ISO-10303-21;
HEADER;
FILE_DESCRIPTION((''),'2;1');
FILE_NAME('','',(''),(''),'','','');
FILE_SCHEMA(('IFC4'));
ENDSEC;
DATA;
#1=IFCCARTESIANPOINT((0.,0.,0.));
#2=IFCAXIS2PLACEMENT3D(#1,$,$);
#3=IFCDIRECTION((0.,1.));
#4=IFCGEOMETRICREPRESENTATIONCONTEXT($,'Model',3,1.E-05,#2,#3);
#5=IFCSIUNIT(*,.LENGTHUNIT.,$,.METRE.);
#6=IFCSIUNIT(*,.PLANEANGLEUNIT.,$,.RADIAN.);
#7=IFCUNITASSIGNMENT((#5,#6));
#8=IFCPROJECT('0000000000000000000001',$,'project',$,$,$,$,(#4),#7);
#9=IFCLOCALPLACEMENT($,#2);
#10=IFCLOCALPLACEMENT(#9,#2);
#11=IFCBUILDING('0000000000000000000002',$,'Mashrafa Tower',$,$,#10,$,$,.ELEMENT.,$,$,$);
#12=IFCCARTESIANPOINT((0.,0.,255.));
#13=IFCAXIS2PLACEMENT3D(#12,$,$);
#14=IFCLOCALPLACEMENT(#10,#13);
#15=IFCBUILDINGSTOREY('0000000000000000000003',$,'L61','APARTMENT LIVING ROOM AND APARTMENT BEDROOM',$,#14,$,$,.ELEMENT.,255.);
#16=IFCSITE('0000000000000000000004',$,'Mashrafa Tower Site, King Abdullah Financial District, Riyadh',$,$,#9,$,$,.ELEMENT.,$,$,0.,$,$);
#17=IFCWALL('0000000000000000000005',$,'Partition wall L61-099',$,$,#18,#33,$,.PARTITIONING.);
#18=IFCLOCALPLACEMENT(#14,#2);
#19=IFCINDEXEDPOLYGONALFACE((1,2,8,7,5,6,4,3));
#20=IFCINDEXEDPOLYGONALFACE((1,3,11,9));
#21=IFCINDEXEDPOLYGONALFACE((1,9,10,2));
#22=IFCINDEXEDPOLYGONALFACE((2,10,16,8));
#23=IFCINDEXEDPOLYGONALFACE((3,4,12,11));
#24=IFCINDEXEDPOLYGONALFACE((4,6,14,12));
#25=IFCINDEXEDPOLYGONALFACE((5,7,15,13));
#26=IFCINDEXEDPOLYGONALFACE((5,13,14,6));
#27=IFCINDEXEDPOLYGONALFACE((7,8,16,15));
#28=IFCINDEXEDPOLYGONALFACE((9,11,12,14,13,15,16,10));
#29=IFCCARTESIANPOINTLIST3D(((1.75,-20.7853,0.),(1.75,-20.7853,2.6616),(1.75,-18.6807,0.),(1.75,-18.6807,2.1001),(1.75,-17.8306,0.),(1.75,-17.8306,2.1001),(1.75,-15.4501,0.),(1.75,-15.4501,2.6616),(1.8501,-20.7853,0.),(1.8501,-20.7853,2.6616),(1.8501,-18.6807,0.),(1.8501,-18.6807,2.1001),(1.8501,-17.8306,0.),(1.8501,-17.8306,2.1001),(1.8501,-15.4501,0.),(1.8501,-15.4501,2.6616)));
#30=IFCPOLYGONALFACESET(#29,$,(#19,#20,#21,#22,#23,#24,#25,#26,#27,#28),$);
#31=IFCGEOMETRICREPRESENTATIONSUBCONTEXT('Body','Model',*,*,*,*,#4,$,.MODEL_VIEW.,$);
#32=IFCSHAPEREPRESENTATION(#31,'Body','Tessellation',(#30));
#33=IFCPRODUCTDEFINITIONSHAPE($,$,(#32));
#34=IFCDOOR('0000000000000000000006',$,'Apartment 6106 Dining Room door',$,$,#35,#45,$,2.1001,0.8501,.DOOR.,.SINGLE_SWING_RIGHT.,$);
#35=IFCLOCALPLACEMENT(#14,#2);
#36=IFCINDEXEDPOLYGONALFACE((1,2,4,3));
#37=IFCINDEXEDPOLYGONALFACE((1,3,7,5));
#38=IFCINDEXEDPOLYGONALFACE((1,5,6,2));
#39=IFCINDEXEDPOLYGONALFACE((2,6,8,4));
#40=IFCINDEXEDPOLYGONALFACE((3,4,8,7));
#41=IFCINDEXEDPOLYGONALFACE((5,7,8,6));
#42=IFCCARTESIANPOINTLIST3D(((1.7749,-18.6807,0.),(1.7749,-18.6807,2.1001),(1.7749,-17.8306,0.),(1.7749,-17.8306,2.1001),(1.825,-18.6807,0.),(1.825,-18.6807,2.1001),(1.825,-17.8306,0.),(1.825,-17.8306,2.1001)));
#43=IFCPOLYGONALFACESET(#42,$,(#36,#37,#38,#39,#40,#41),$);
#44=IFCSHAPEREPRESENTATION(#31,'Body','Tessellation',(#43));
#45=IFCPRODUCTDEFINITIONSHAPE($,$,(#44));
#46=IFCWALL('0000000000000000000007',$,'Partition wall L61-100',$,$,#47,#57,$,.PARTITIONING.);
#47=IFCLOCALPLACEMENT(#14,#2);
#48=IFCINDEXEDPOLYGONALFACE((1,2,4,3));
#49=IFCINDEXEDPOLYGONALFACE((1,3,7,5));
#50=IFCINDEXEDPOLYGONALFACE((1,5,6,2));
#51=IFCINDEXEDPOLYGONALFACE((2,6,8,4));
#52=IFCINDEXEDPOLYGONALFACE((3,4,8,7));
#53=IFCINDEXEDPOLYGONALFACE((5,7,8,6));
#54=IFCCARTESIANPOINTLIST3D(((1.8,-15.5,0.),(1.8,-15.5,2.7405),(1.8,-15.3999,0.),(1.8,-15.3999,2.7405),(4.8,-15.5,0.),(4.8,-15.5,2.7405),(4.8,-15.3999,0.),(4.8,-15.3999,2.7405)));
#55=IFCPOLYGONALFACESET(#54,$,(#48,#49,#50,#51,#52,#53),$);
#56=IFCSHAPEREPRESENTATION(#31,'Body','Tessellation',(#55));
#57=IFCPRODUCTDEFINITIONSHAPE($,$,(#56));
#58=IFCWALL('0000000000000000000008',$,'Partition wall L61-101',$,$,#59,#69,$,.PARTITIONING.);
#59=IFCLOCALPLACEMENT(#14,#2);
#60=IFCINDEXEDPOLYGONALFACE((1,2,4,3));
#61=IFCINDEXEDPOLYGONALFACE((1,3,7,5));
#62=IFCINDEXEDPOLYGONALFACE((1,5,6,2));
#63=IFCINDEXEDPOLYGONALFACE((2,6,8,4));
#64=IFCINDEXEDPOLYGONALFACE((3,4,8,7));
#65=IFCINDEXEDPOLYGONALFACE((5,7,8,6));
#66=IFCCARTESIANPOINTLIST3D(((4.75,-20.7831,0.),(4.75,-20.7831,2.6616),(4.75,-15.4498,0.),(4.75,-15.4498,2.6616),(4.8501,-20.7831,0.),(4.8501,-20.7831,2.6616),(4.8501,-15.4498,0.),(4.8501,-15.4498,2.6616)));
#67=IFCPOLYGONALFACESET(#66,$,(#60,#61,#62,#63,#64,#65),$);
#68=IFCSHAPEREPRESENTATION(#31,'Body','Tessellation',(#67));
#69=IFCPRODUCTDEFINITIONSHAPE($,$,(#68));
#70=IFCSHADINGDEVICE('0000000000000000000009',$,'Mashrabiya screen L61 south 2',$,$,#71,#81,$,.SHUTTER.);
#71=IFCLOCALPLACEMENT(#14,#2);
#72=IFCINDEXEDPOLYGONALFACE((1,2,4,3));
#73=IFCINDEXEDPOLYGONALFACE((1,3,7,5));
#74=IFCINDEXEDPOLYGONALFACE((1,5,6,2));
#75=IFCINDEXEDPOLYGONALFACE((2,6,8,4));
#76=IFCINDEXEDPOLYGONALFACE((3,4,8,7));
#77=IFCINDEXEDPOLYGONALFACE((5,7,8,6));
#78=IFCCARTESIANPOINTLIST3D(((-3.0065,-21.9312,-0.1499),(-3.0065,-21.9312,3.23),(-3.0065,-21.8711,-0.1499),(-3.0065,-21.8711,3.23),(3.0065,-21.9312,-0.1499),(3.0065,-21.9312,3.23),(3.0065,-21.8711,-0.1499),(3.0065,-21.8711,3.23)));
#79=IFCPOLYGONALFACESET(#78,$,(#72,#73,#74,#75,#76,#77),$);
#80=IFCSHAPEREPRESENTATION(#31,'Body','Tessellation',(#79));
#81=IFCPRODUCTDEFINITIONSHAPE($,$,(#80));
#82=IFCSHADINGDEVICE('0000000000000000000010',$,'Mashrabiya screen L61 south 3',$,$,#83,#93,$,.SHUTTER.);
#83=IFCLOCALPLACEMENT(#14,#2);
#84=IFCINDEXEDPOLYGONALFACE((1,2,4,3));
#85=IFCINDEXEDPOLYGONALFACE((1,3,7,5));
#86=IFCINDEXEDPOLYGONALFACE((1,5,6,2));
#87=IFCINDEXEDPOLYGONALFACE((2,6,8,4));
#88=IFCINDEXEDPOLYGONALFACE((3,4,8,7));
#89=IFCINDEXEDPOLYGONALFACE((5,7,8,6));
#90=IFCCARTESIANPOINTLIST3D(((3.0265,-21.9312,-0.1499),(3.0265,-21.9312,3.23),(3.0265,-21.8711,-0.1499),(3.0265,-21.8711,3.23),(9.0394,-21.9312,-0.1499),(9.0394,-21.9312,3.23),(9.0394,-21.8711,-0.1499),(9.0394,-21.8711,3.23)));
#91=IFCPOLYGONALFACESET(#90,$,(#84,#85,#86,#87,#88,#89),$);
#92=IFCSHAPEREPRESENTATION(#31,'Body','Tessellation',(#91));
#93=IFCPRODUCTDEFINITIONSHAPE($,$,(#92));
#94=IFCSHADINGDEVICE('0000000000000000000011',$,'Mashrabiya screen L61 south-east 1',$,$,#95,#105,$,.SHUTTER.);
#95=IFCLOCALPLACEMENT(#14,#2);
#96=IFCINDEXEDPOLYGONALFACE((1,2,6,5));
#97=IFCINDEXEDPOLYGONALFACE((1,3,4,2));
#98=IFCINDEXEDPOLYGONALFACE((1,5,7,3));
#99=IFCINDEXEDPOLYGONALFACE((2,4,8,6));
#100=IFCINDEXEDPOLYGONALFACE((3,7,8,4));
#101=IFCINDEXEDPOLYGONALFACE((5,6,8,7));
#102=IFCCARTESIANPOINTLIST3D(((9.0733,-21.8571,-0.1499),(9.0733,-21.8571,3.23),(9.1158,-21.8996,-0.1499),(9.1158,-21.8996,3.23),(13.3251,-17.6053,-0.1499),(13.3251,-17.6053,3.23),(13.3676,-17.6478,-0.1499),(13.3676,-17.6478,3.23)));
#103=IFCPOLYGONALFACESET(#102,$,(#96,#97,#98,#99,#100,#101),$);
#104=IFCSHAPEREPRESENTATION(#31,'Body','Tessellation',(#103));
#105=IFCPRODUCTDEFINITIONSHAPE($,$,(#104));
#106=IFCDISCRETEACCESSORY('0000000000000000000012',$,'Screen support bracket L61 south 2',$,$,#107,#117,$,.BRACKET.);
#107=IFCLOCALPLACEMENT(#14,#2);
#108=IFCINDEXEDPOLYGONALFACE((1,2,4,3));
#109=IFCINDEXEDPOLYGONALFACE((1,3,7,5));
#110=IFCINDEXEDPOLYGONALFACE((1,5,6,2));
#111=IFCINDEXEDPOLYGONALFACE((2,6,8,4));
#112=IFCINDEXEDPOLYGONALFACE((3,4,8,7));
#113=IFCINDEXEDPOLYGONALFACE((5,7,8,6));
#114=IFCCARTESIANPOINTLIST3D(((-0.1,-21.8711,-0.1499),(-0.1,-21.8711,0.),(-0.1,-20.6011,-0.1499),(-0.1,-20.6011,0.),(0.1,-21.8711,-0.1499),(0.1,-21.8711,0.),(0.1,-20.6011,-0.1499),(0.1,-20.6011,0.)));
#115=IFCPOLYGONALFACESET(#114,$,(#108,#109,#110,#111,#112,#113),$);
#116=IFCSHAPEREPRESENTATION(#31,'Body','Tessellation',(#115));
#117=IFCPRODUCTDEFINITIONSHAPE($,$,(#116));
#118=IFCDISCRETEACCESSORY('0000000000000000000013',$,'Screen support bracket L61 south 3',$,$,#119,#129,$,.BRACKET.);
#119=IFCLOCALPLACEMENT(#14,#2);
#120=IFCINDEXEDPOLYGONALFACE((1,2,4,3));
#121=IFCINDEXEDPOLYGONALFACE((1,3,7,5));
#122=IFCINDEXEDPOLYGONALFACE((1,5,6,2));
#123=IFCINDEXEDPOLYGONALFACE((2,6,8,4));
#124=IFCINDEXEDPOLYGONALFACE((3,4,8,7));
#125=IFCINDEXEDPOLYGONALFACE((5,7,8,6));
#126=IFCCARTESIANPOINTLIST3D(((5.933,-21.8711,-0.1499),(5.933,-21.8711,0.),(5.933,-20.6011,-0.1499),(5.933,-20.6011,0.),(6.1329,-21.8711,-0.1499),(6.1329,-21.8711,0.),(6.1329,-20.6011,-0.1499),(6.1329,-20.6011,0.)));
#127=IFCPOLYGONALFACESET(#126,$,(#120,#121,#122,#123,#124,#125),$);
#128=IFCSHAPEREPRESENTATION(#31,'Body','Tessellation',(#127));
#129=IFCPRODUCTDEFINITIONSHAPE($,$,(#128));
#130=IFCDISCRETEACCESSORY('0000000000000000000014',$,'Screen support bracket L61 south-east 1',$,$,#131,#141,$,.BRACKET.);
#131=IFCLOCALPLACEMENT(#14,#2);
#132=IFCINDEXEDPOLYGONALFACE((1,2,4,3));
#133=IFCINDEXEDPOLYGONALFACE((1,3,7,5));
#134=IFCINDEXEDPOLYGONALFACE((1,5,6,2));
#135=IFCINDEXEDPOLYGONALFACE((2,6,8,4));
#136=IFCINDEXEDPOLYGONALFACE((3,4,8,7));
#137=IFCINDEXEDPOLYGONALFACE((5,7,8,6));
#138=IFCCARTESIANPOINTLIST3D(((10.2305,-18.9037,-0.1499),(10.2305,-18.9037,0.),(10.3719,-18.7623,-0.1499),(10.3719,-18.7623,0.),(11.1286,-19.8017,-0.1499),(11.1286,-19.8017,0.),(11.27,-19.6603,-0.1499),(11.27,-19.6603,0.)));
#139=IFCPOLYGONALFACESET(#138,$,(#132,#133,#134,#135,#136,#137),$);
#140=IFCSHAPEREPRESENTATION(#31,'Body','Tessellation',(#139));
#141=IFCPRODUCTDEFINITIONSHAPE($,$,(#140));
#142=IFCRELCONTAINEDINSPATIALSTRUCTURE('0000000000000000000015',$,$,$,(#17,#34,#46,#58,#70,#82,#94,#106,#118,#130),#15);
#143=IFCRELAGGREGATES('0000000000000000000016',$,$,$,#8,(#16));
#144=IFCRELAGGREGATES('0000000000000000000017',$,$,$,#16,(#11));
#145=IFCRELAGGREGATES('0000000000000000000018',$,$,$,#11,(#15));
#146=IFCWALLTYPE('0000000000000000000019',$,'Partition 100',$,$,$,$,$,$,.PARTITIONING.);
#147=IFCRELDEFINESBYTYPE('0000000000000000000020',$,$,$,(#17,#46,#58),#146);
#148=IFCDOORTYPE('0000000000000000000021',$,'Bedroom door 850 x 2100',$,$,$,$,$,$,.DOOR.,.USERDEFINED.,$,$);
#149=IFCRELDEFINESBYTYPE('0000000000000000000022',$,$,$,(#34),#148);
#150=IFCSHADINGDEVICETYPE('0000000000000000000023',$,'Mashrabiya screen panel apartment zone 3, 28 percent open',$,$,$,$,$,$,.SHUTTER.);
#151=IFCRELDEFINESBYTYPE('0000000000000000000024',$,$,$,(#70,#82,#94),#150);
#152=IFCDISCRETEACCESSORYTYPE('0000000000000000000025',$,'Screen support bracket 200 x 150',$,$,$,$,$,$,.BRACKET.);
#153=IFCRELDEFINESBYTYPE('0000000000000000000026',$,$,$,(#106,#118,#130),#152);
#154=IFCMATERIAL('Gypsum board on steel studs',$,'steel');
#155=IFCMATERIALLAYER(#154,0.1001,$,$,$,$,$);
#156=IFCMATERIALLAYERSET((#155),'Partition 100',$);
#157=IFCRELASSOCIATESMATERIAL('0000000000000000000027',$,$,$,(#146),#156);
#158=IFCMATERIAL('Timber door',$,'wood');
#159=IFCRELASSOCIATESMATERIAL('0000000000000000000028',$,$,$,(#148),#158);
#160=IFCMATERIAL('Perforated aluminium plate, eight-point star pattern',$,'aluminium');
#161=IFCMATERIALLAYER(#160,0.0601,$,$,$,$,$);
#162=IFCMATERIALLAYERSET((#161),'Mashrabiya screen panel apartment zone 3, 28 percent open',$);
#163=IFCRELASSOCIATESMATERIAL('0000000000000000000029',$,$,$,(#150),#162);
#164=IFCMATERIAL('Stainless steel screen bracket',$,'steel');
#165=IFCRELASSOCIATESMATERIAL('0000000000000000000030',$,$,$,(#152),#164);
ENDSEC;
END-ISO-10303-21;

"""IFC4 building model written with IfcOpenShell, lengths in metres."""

from ifc_helpers import new_model, si_unit, direction, frame, frame_2d, origin, origin_2d, place, context, subcontext, project, spatial, rectangle, extrude, source, transform, mapped, material, layer, layer_set, type_object, type_shapes, element, fill, save


model = new_model("IFC4")

# Units and contexts
model_context = context("Model", 3, precision=1e-05, world=origin(), true_north=direction((0.0, 1.0)))
body_context = subcontext(model_context, "Body", "Model", "MODEL_VIEW")
ifc_project = project(units=[si_unit("LENGTHUNIT", "METRE"), si_unit("PLANEANGLEUNIT", "RADIAN")], contexts=[model_context])

# Site, building, storey
site_placement = place(None, origin())
site = spatial("IfcSite", under=ifc_project, at=site_placement, Name="Mashrafa Tower Site, King Abdullah Financial District, Riyadh", CompositionType="ELEMENT", RefElevation=0.0)
building_placement = place(site_placement, origin())
building = spatial("IfcBuilding", under=site, at=building_placement, Name="Mashrafa Tower", CompositionType="ELEMENT")
storey_placement = place(building_placement, frame((0.0, 0.0, 255.0)))
storey = spatial("IfcBuildingStorey", under=building, at=storey_placement, Name="L61", Description="APARTMENT LIVING ROOM AND APARTMENT BEDROOM", CompositionType="ELEMENT", Elevation=255.0)

# Shared definitions
ifc_material_1 = material(Name="Gypsum board on steel studs", Category="steel")
ifc_layer_1 = layer(ifc_material_1, 0.1001)
ifc_layer_set_1 = layer_set([ifc_layer_1], Name="Partition 100")
wall_type = type_object("IfcWallType", Name="Partition 100", PredefinedType="PARTITIONING", material=ifc_layer_set_1)

# Wall, opening, door
wall_1_placement = place(storey_placement, frame((1.8, -20.7852, 0.0), z_axis=(0.0, 0.0, 1.0), x_axis=(0.0, 1.0, 0.0)))
wall_1 = element("IfcWall", 1, at=wall_1_placement, inside=storey, type_object=wall_type, Name="Partition wall L61-099", PredefinedType="PARTITIONING", context=body_context, shape_type="SweptSolid", body=[
    extrude(rectangle(XDim=5.3352, YDim=0.1001, at=frame_2d((2.6675, 0.0))), origin(), (0.0, 0.0, 1.0), 2.6616),
])
opening_placement = place(wall_1_placement, frame((2.1045, 0.0, 0.0)))
opening = element("IfcOpeningElement", 2, at=opening_placement, cuts=wall_1, PredefinedType="OPENING", context=body_context, shape_type="SweptSolid", body=[
    extrude(rectangle(XDim=0.8501, YDim=2.1001, at=frame_2d((0.425, 1.05))), frame((0.0, 0.0601, 0.0), z_axis=(0.0, -1.0, 0.0), x_axis=(1.0, 0.0, 0.0)), (0.0, 0.0, 1.0), 0.1201),
])
ifc_material_2 = material(Name="Timber door", Category="wood")
door_type = type_object("IfcDoorType", Name="Bedroom door 850 x 2100", OperationType="USERDEFINED", PredefinedType="DOOR", material=ifc_material_2)
door_placement = place(opening_placement, frame((0.8501, 0.0, 0.0), z_axis=(0.0, 0.0, 1.0), x_axis=(-1.0, 0.0, 0.0)))
door = element("IfcDoor", 3, at=door_placement, inside=storey, type_object=door_type, Name="Apartment 6106 Dining Room door", OperationType="SINGLE_SWING_RIGHT", OverallHeight=2.1001, OverallWidth=0.8501, PredefinedType="DOOR", context=body_context, shape_type="SweptSolid", body=[
    extrude(rectangle(XDim=0.8501, YDim=2.1001, at=frame_2d((0.425, 1.05))), frame((0.0, 0.0249, 0.0), z_axis=(0.0, -1.0, 0.0), x_axis=(1.0, 0.0, 0.0)), (0.0, 0.0, 1.0), 0.05),
])
fill(opening, door)

# Walls
wall_2_placement = place(storey_placement, frame((1.8, -15.45, 0.0), z_axis=(0.0, 0.0, 1.0), x_axis=(1.0, 0.0, 0.0)))
element("IfcWall", 4, at=wall_2_placement, inside=storey, type_object=wall_type, Name="Partition wall L61-100", PredefinedType="PARTITIONING", context=body_context, shape_type="SweptSolid", body=[
    extrude(rectangle(XDim=3.0, YDim=0.1001, at=frame_2d((1.5, 0.0))), origin(), (0.0, 0.0, 1.0), 2.7405),
])
wall_3_placement = place(storey_placement, frame((4.8, -15.45, 0.0), z_axis=(0.0, 0.0, 1.0), x_axis=(0.0, -1.0, 0.0)))
element("IfcWall", 5, at=wall_3_placement, inside=storey, type_object=wall_type, Name="Partition wall L61-101", PredefinedType="PARTITIONING", context=body_context, shape_type="SweptSolid", body=[
    extrude(rectangle(XDim=5.3333, YDim=0.1001, at=frame_2d((2.6665, 0.0))), origin(), (0.0, 0.0, 1.0), 2.6616),
])

# Shading devices
ifc_material_3 = material(Name="Perforated aluminium plate, eight-point star pattern", Category="aluminium")
ifc_layer_2 = layer(ifc_material_3, 0.0601)
ifc_layer_set_2 = layer_set([ifc_layer_2], Name="Mashrabiya screen panel apartment zone 3, 28 percent open")
shading_device_type = type_object("IfcShadingDeviceType", Name="Mashrabiya screen panel apartment zone 3, 28 percent open", PredefinedType="SHUTTER", material=ifc_layer_set_2)
shared_shape_1 = source(origin(), body_context, "Body", "SweptSolid", [
    extrude(rectangle(XDim=6.0129, YDim=0.0601, at=origin_2d()), origin(), (0.0, 0.0, 1.0), 3.3799),
])
type_shapes(shading_device_type, [shared_shape_1])
for number, where, z_axis, x_axis, name in (
    (6, (0.0, -21.9011, -0.1499), (0.0, 0.0, 1.0), (1.0, 0.0, 0.0), "Mashrabiya screen L61 south 2"),
    (7, (6.033, -21.9011, -0.1499), (0.0, 0.0, 1.0), (1.0, 0.0, 0.0), "Mashrabiya screen L61 south 3"),
    (8, (11.2205, -19.7524, -0.1499), (0.0, 0.0, 1.0), (0.707107, 0.707107, 0.0), "Mashrabiya screen L61 south-east 1"),
):
    element("IfcShadingDevice", number, at=place(storey_placement, frame(where, z_axis=z_axis, x_axis=x_axis)), inside=storey, type_object=shading_device_type, Name=name, PredefinedType="SHUTTER", context=body_context, shape_type="MappedRepresentation", body=[
        mapped(shared_shape_1, transform((0.0, 0.0, 0.0))),
    ])

# Discrete accessories
ifc_material_4 = material(Name="Stainless steel screen bracket", Category="steel")
discrete_accessory_type = type_object("IfcDiscreteAccessoryType", Name="Screen support bracket 200 x 150", PredefinedType="BRACKET", material=ifc_material_4)
shared_shape_2 = source(origin(), body_context, "Body", "SweptSolid", [
    extrude(rectangle(XDim=0.2, YDim=1.27, at=origin_2d()), origin(), (0.0, 0.0, 1.0), 0.1499),
])
type_shapes(discrete_accessory_type, [shared_shape_2])
for number, where, z_axis, x_axis, name in (
    (9, (0.0, -21.2361, -0.1499), (0.0, 0.0, 1.0), (1.0, 0.0, 0.0), "Screen support bracket L61 south 2"),
    (10, (6.033, -21.2361, -0.1499), (0.0, 0.0, 1.0), (1.0, 0.0, 0.0), "Screen support bracket L61 south 3"),
    (11, (10.7502, -19.282, -0.1499), (0.0, 0.0, 1.0), (0.707107, 0.707107, 0.0), "Screen support bracket L61 south-east 1"),
):
    element("IfcDiscreteAccessory", number, at=place(storey_placement, frame(where, z_axis=z_axis, x_axis=x_axis)), inside=storey, type_object=discrete_accessory_type, Name=name, PredefinedType="BRACKET", context=body_context, shape_type="MappedRepresentation", body=[
        mapped(shared_shape_2, transform((0.0, 0.0, 0.0))),
    ])

save(model, "model.ifc")
